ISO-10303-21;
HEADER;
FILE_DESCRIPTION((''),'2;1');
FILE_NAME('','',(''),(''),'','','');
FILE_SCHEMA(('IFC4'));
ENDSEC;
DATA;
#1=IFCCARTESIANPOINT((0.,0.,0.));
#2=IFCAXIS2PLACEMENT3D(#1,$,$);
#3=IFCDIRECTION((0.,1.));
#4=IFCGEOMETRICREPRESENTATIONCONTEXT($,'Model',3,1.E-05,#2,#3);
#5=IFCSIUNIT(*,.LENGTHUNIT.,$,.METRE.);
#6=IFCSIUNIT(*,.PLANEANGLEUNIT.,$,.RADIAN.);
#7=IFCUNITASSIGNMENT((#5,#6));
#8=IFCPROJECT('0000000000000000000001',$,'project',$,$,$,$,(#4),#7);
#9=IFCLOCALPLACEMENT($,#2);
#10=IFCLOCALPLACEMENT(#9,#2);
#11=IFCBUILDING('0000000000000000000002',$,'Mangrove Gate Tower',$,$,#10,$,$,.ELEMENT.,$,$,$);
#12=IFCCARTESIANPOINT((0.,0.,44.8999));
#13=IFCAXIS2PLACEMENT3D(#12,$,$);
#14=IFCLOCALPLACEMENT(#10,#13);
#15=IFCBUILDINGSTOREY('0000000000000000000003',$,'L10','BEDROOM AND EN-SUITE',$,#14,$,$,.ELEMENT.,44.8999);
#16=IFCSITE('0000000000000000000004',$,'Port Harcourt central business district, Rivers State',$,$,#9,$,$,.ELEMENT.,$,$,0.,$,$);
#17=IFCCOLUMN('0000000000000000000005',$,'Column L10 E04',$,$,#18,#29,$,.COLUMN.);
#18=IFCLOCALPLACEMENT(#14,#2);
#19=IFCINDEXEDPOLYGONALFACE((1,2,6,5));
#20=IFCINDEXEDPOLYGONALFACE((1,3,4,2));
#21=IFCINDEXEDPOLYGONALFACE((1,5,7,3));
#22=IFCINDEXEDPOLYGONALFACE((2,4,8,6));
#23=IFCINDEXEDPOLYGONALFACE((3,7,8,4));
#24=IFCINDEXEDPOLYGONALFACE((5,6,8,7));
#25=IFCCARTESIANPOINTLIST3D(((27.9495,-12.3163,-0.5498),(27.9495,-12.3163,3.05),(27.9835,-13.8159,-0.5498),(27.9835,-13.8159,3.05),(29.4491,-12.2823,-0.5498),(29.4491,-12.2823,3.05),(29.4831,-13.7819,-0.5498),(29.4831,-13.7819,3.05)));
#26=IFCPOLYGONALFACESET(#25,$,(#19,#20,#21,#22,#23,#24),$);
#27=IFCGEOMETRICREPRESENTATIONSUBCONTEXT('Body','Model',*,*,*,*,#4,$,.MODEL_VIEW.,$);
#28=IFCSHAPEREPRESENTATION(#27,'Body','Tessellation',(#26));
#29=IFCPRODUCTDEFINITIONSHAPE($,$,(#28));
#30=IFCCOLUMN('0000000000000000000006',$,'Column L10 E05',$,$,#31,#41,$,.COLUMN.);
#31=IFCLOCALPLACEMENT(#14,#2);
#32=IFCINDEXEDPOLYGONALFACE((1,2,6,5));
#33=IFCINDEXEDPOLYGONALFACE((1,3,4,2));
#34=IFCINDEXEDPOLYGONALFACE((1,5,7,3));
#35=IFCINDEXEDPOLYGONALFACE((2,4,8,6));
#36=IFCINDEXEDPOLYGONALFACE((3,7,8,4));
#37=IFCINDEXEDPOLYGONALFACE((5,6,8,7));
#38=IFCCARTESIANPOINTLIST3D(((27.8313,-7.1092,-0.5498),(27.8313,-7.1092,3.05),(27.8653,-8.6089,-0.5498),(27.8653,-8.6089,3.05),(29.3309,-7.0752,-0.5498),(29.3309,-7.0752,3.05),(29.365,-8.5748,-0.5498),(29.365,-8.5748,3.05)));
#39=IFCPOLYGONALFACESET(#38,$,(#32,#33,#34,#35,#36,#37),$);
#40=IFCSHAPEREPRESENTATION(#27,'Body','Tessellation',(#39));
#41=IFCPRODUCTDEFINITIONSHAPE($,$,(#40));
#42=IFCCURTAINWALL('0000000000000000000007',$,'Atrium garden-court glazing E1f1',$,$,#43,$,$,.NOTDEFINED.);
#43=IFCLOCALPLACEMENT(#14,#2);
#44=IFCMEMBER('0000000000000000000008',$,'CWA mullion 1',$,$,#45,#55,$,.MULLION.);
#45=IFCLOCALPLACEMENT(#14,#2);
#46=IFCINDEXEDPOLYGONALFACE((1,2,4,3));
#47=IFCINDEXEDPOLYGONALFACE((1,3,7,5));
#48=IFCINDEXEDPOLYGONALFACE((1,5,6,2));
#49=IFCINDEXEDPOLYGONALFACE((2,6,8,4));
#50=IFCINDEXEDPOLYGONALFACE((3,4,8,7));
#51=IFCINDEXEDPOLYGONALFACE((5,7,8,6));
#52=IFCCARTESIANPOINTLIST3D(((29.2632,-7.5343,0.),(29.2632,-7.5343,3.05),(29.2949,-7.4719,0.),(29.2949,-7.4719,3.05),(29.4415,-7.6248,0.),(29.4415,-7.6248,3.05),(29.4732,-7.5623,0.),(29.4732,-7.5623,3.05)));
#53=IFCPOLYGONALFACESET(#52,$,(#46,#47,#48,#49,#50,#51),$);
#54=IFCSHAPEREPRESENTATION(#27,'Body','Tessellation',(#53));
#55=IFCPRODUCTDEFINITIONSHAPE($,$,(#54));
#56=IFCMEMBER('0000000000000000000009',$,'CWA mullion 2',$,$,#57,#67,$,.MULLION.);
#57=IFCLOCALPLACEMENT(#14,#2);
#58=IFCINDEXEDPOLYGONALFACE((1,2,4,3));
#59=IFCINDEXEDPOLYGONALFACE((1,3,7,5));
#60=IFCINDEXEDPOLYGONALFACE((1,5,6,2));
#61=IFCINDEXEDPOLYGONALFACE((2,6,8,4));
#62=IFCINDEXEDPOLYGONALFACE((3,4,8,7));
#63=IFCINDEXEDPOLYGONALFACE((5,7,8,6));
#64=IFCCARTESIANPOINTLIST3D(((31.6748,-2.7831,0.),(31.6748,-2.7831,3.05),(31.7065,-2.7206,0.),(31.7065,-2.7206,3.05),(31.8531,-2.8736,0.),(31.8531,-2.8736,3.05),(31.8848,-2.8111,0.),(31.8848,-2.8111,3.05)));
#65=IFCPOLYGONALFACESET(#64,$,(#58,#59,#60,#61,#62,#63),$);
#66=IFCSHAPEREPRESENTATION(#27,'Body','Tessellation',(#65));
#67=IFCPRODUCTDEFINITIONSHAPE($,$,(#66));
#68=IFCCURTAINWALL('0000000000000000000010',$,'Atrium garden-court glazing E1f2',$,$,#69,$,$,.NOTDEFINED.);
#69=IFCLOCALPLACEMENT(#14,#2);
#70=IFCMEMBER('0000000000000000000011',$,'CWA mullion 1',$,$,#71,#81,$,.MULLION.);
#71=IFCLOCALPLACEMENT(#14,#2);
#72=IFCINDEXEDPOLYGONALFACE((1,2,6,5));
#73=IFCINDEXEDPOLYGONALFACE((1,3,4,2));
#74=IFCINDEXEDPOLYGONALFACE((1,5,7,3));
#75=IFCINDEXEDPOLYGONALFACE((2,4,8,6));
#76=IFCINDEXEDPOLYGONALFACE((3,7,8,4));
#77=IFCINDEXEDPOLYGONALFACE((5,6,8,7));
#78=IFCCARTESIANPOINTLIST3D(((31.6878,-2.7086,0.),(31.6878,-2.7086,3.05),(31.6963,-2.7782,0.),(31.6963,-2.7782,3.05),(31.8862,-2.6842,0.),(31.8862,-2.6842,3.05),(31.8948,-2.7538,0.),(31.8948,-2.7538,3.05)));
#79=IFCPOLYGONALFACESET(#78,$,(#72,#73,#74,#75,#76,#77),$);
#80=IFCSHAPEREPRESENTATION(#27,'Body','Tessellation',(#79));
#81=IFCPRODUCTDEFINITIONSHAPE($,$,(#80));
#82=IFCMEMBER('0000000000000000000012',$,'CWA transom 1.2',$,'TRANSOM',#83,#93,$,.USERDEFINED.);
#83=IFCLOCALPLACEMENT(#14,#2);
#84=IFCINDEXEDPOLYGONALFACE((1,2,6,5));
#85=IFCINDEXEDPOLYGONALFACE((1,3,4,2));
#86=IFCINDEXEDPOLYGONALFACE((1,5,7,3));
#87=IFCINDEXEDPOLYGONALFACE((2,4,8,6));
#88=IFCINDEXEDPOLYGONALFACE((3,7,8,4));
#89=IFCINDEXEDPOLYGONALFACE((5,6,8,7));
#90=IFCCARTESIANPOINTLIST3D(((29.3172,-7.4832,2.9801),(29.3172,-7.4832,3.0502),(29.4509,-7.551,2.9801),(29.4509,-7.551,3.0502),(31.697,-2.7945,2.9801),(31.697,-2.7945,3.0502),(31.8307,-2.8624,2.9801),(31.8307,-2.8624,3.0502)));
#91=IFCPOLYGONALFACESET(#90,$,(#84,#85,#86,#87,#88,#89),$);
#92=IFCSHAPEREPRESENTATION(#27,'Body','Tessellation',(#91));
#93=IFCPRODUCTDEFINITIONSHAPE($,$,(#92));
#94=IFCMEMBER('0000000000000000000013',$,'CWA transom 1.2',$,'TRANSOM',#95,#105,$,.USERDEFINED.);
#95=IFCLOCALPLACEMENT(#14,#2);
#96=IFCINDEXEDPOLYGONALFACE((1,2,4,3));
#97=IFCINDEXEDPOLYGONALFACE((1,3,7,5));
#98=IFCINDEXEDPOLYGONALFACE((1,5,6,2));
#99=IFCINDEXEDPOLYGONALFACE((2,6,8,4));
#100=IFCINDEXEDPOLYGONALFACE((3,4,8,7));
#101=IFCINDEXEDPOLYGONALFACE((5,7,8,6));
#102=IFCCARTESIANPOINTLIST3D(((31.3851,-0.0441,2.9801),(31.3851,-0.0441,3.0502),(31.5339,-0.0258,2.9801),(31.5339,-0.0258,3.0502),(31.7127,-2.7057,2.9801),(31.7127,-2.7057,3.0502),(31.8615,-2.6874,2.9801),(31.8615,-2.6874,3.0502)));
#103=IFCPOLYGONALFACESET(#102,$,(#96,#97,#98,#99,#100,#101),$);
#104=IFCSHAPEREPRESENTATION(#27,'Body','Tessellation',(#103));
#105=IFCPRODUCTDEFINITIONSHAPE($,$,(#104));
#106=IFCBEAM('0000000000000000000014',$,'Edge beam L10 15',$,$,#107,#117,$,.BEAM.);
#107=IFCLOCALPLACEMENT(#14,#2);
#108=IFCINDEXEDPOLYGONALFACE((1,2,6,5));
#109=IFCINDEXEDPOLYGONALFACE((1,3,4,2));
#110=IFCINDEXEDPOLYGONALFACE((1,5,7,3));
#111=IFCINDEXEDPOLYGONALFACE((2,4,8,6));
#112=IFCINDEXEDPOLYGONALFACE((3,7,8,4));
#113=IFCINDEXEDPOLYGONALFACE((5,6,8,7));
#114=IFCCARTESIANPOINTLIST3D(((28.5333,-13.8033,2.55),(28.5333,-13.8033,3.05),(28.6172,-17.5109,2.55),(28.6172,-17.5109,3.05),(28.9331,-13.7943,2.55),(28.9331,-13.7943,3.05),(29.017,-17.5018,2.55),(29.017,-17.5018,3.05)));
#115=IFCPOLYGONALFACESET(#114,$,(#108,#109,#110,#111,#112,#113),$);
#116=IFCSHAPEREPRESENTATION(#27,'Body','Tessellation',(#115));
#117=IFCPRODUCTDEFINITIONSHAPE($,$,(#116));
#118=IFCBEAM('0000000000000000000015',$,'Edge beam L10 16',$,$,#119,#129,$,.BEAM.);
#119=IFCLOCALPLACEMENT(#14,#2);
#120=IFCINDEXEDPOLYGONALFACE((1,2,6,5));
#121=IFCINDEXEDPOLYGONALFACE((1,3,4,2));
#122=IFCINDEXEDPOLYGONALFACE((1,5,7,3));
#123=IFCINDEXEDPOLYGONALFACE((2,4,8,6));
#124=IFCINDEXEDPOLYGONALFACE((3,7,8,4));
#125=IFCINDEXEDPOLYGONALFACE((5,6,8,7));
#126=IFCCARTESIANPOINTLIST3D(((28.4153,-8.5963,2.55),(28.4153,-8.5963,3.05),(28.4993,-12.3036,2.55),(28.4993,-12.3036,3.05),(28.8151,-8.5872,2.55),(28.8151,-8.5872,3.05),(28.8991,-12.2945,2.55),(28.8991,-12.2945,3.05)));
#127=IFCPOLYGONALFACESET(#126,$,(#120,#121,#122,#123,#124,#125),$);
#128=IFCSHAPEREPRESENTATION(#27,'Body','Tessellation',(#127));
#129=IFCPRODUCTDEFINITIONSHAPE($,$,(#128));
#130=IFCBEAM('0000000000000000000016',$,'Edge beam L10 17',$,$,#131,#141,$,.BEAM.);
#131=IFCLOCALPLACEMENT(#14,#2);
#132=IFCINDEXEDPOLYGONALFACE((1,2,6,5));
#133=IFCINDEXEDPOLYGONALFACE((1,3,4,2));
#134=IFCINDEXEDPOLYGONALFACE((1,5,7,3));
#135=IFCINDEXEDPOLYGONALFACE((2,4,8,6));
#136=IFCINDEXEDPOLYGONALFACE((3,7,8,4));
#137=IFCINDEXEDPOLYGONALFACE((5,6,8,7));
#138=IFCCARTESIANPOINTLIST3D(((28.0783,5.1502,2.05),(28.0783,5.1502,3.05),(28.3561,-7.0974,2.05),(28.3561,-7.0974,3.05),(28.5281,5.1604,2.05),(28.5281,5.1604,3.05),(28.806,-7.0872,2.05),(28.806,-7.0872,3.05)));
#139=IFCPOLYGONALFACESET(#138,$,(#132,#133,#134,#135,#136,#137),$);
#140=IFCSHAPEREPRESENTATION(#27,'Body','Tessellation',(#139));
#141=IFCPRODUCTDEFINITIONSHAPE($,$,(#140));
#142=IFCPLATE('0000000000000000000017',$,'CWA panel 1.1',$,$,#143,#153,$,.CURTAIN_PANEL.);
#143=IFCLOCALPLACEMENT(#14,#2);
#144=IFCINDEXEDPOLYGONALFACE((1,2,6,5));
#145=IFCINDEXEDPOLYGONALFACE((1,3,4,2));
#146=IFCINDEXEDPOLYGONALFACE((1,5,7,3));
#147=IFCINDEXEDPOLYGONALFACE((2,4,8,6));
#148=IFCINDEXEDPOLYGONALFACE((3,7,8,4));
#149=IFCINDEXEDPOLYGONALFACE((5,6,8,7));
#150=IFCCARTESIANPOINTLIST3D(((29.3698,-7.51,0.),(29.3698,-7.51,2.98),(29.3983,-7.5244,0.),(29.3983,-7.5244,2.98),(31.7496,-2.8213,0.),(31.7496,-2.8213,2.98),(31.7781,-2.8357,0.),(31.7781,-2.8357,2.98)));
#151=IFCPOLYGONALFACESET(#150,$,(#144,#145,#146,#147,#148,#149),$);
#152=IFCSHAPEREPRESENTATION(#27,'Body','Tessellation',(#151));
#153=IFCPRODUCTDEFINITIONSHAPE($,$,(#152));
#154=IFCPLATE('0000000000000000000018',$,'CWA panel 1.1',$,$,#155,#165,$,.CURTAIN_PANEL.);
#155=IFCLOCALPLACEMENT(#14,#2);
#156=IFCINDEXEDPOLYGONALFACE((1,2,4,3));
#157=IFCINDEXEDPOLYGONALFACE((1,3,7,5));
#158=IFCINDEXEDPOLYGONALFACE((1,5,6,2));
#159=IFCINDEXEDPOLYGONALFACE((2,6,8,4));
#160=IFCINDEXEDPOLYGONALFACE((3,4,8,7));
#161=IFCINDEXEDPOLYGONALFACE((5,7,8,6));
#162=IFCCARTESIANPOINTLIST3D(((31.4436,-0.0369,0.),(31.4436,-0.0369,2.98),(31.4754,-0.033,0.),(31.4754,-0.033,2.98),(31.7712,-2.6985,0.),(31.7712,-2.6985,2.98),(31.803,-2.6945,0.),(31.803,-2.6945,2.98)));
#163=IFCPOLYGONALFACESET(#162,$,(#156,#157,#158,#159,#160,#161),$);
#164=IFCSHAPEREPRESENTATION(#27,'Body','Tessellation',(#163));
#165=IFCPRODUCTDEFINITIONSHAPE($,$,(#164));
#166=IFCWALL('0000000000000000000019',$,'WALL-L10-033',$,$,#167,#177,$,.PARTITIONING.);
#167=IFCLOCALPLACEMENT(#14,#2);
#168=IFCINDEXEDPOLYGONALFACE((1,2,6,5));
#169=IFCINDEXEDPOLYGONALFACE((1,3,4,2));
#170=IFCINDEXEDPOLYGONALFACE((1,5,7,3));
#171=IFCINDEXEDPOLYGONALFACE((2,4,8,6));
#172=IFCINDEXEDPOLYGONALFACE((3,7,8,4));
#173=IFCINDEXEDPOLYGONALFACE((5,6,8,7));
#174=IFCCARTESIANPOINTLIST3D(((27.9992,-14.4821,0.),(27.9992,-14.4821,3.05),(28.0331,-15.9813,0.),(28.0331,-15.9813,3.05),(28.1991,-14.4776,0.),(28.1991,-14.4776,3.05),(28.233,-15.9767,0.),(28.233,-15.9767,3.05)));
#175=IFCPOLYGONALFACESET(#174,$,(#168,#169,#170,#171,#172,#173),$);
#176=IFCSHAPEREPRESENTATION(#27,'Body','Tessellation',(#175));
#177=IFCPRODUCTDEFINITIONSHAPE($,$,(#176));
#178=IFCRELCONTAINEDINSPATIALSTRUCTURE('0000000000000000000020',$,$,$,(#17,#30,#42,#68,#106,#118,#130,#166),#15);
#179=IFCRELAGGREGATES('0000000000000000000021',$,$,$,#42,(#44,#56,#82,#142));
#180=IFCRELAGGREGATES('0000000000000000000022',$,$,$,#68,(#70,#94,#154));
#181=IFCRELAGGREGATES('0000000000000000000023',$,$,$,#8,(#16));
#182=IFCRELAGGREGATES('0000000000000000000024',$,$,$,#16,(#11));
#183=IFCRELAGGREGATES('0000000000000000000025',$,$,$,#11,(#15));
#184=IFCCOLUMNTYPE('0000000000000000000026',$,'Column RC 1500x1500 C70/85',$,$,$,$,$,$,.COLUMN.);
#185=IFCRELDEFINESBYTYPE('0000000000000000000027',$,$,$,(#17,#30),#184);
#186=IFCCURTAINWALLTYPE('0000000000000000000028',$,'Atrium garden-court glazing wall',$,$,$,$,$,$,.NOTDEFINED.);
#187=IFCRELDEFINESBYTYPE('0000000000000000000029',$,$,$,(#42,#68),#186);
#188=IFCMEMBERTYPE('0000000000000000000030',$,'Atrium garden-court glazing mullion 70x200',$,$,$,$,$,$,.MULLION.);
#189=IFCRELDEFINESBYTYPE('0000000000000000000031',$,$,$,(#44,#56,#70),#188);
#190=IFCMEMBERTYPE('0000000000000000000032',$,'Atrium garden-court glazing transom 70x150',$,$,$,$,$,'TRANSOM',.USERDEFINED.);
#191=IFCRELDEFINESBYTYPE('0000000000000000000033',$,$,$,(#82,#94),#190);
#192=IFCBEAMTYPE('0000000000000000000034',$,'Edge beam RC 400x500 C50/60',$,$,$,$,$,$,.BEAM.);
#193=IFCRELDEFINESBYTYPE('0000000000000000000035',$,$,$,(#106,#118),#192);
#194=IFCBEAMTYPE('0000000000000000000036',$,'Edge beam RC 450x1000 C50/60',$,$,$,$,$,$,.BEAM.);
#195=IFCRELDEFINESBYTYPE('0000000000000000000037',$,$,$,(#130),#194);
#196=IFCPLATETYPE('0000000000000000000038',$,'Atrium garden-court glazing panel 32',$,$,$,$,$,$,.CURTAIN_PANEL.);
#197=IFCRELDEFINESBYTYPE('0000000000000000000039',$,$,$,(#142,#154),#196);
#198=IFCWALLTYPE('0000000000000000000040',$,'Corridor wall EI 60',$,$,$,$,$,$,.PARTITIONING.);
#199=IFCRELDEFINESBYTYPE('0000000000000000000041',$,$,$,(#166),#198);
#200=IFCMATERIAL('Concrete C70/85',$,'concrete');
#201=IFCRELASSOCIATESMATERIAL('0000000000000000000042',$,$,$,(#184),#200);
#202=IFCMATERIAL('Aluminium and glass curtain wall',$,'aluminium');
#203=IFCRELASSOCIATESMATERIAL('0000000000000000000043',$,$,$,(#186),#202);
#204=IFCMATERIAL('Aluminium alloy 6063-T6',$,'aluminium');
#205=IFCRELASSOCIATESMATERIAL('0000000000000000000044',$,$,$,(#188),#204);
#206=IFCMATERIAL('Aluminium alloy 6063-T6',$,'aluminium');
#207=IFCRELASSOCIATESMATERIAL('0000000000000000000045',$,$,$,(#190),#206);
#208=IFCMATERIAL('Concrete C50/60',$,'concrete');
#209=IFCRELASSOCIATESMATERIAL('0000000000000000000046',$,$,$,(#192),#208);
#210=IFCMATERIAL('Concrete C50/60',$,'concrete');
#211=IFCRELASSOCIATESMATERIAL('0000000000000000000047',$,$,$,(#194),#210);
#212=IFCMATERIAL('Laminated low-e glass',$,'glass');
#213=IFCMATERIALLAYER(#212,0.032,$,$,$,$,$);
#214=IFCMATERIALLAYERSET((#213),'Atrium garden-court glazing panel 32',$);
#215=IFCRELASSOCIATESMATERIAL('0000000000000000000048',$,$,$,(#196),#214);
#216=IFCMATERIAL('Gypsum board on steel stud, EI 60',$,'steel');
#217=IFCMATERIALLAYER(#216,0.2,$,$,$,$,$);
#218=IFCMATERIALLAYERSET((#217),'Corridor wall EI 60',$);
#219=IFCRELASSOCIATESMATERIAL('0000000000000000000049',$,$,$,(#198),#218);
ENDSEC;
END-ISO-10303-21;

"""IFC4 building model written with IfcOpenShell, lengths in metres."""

from ifc_helpers import new_model, si_unit, direction, frame, frame_2d, origin, origin_2d, place, context, subcontext, project, spatial, rectangle, extrude, material, layer, layer_set, material_profile, profile_set, type_object, element, aggregate, save


model = new_model("IFC4")

# Units and contexts
model_context = context("Model", 3, precision=1e-05, world=origin(), true_north=direction((0.0, 1.0)))
body_context = subcontext(model_context, "Body", "Model", "MODEL_VIEW")
ifc_project = project(units=[si_unit("LENGTHUNIT", "METRE"), si_unit("PLANEANGLEUNIT", "RADIAN")], contexts=[model_context])

# Site, building, storey
site_placement = place(None, origin())
site = spatial("IfcSite", under=ifc_project, at=site_placement, Name="Port Harcourt central business district, Rivers State", CompositionType="ELEMENT", RefElevation=0.0)
building_placement = place(site_placement, origin())
building = spatial("IfcBuilding", under=site, at=building_placement, Name="Mangrove Gate Tower", CompositionType="ELEMENT")
storey_placement = place(building_placement, frame((0.0, 0.0, 44.8999)))
storey = spatial("IfcBuildingStorey", under=building, at=storey_placement, Name="L10", Description="BEDROOM AND EN-SUITE", CompositionType="ELEMENT", Elevation=44.8999)

# Columns
ifc_material_1 = material(Name="Concrete C70/85", Category="concrete")
ifc_material_profile_1 = material_profile(ifc_material_1, rectangle(XDim=1.5, YDim=1.5, at=origin_2d()))
ifc_profile_set_1 = profile_set([ifc_material_profile_1], Name="Concrete C70/85")
column_type = type_object("IfcColumnType", Name="Column RC 1500x1500 C70/85", PredefinedType="COLUMN", material=ifc_profile_set_1)
for number, where, z_axis, x_axis, name in (
    (1, (28.7163, -13.0491, -0.5498), (0.0, 0.0, 1.0), (-0.022656, 0.999743, 0.0), "Column L10 E04"),
    (2, (28.5981, -7.842, -0.5498), (0.0, 0.0, 1.0), (-0.022681, 0.999743, 0.0), "Column L10 E05"),
):
    element("IfcColumn", number, at=place(storey_placement, frame(where, z_axis=z_axis, x_axis=x_axis)), inside=storey, type_object=column_type, Name=name, PredefinedType="COLUMN", context=body_context, shape_type="SweptSolid", body=[
        extrude(rectangle(XDim=1.5, YDim=1.5, at=origin_2d()), origin(), (0.0, 0.0, 1.0), 3.5999),
    ])

# Curtain wall, members
ifc_material_2 = material(Name="Aluminium and glass curtain wall", Category="aluminium")
curtain_wall_type = type_object("IfcCurtainWallType", Name="Atrium garden-court glazing wall", PredefinedType="NOTDEFINED", material=ifc_material_2)
curtain_wall_1_placement = place(storey_placement, origin())
curtain_wall_1 = element("IfcCurtainWall", 3, at=curtain_wall_1_placement, inside=storey, type_object=curtain_wall_type, Name="Atrium garden-court glazing E1f1", PredefinedType="NOTDEFINED")
ifc_material_3 = material(Name="Aluminium alloy 6063-T6", Category="aluminium")
ifc_material_profile_2 = material_profile(ifc_material_3, rectangle(XDim=0.0701, YDim=0.2, at=origin_2d()))
ifc_profile_set_2 = profile_set([ifc_material_profile_2], Name="Aluminium alloy 6063-T6")
member_type_1 = type_object("IfcMemberType", Name="Atrium garden-court glazing mullion 70x200", PredefinedType="MULLION", material=ifc_profile_set_2)
member_1_placement = place(storey_placement, frame((29.3682, -7.5483, 0.0), z_axis=(0.0, 0.0, 1.0), x_axis=(0.4526, 0.891714, 0.0)))
member_1 = element("IfcMember", 4, at=member_1_placement, type_object=member_type_1, Name="CWA mullion 1", PredefinedType="MULLION", context=body_context, shape_type="SweptSolid", body=[
    extrude(rectangle(XDim=0.0701, YDim=0.2, at=origin_2d()), origin(), (0.0, 0.0, 1.0), 3.05),
])
member_2_placement = place(storey_placement, frame((31.7798, -2.7971, 0.0), z_axis=(0.0, 0.0, 1.0), x_axis=(0.4526, 0.891714, 0.0)))
member_2 = element("IfcMember", 5, at=member_2_placement, type_object=member_type_1, Name="CWA mullion 2", PredefinedType="MULLION", context=body_context, shape_type="SweptSolid", body=[
    extrude(rectangle(XDim=0.0701, YDim=0.2, at=origin_2d()), origin(), (0.0, 0.0, 1.0), 3.05),
])

# Curtain wall, member
curtain_wall_2_placement = place(storey_placement, origin())
curtain_wall_2 = element("IfcCurtainWall", 6, at=curtain_wall_2_placement, inside=storey, type_object=curtain_wall_type, Name="Atrium garden-court glazing E1f2", PredefinedType="NOTDEFINED")
member_3_placement = place(storey_placement, frame((31.7913, -2.7312, 0.0), z_axis=(0.0, 0.0, 1.0), x_axis=(-0.122172, 0.992509, 0.0)))
member_3 = element("IfcMember", 7, at=member_3_placement, type_object=member_type_1, Name="CWA mullion 1", PredefinedType="MULLION", context=body_context, shape_type="SweptSolid", body=[
    extrude(rectangle(XDim=0.0701, YDim=0.2, at=origin_2d()), origin(), (0.0, 0.0, 1.0), 3.05),
])

# Members
ifc_material_4 = material(Name="Aluminium alloy 6063-T6", Category="aluminium")
ifc_material_profile_3 = material_profile(ifc_material_4, rectangle(XDim=0.0701, YDim=0.1499, at=origin_2d()))
ifc_profile_set_3 = profile_set([ifc_material_profile_3], Name="Aluminium alloy 6063-T6")
member_type_2 = type_object("IfcMemberType", Name="Atrium garden-court glazing transom 70x150", ElementType="TRANSOM", PredefinedType="USERDEFINED", material=ifc_profile_set_3)
member_4_placement = place(storey_placement, frame((29.384, -7.5171, 3.0151), z_axis=(0.45261, 0.891709, 0.0), x_axis=(0.0, 0.0, 1.0)))
member_4 = element("IfcMember", 8, at=member_4_placement, type_object=member_type_2, Name="CWA transom 1.2", ObjectType="TRANSOM", PredefinedType="USERDEFINED", context=body_context, shape_type="SweptSolid", body=[
    extrude(rectangle(XDim=0.0701, YDim=0.1499, at=origin_2d()), origin(), (0.0, 0.0, 1.0), 5.2581),
])
member_5_placement = place(storey_placement, frame((31.7871, -2.6965, 3.0151), z_axis=(-0.122175, 0.992509, 0.0), x_axis=(0.0, 0.0, 1.0)))
member_5 = element("IfcMember", 9, at=member_5_placement, type_object=member_type_2, Name="CWA transom 1.2", ObjectType="TRANSOM", PredefinedType="USERDEFINED", context=body_context, shape_type="SweptSolid", body=[
    extrude(rectangle(XDim=0.0701, YDim=0.1499, at=origin_2d()), origin(), (0.0, 0.0, 1.0), 2.6816),
])

# Beams
ifc_material_5 = material(Name="Concrete C50/60", Category="concrete")
ifc_material_profile_4 = material_profile(ifc_material_5, rectangle(XDim=0.3999, YDim=0.5, at=origin_2d()))
ifc_profile_set_4 = profile_set([ifc_material_profile_4], Name="Concrete C50/60")
beam_type_1 = type_object("IfcBeamType", Name="Edge beam RC 400x500 C50/60", PredefinedType="BEAM", material=ifc_profile_set_4)
beam_1_placement = place(storey_placement, frame((28.8171, -17.5063, 2.8), z_axis=(-0.022647, 0.999744, 0.0), x_axis=(-0.999744, -0.022647, 0.0)))
element("IfcBeam", 10, at=beam_1_placement, inside=storey, type_object=beam_type_1, Name="Edge beam L10 15", PredefinedType="BEAM", context=body_context, shape_type="SweptSolid", body=[
    extrude(rectangle(XDim=0.3999, YDim=0.5, at=origin_2d()), origin(), (0.0, 0.0, 1.0), 3.7085),
])
beam_2_placement = place(storey_placement, frame((28.6992, -12.2991, 2.8), z_axis=(-0.022648, 0.999743, 0.0), x_axis=(-0.999743, -0.022648, 0.0)))
element("IfcBeam", 11, at=beam_2_placement, inside=storey, type_object=beam_type_1, Name="Edge beam L10 16", PredefinedType="BEAM", context=body_context, shape_type="SweptSolid", body=[
    extrude(rectangle(XDim=0.3999, YDim=0.5, at=origin_2d()), origin(), (0.0, 0.0, 1.0), 3.7083),
])
ifc_material_6 = material(Name="Concrete C50/60", Category="concrete")
ifc_material_profile_5 = material_profile(ifc_material_6, rectangle(XDim=0.45, YDim=1.0, at=origin_2d()))
ifc_profile_set_5 = profile_set([ifc_material_profile_5], Name="Concrete C50/60")
beam_type_2 = type_object("IfcBeamType", Name="Edge beam RC 450x1000 C50/60", PredefinedType="BEAM", material=ifc_profile_set_5)
beam_3_placement = place(storey_placement, frame((28.5811, -7.0923, 2.55), z_axis=(-0.022679, 0.999743, 0.0), x_axis=(-0.999743, -0.022679, 0.0)))
element("IfcBeam", 12, at=beam_3_placement, inside=storey, type_object=beam_type_2, Name="Edge beam L10 17", PredefinedType="BEAM", context=body_context, shape_type="SweptSolid", body=[
    extrude(rectangle(XDim=0.45, YDim=1.0, at=origin_2d()), origin(), (0.0, 0.0, 1.0), 12.2507),
])

# Plates
ifc_material_7 = material(Name="Laminated low-e glass", Category="glass")
ifc_layer_1 = layer(ifc_material_7, 0.032)
ifc_layer_set_1 = layer_set([ifc_layer_1], Name="Atrium garden-court glazing panel 32")
plate_type = type_object("IfcPlateType", Name="Atrium garden-court glazing panel 32", PredefinedType="CURTAIN_PANEL", material=ifc_layer_set_1)
plate_1_placement = place(storey_placement, frame((30.574, -5.1729, 0.0), z_axis=(0.0, 0.0, 1.0), x_axis=(0.4526, 0.891714, 0.0)))
plate_1 = element("IfcPlate", 13, at=plate_1_placement, type_object=plate_type, Name="CWA panel 1.1", PredefinedType="CURTAIN_PANEL", context=body_context, shape_type="SweptSolid", body=[
    extrude(rectangle(XDim=5.2581, YDim=0.032, at=origin_2d()), origin(), (0.0, 0.0, 1.0), 2.98),
])
aggregate(curtain_wall_1, [member_1, member_2, member_4, plate_1])
plate_2_placement = place(storey_placement, frame((31.6233, -1.3657, 0.0), z_axis=(0.0, 0.0, 1.0), x_axis=(-0.122172, 0.992509, 0.0)))
plate_2 = element("IfcPlate", 14, at=plate_2_placement, type_object=plate_type, Name="CWA panel 1.1", PredefinedType="CURTAIN_PANEL", context=body_context, shape_type="SweptSolid", body=[
    extrude(rectangle(XDim=2.6816, YDim=0.032, at=origin_2d()), origin(), (0.0, 0.0, 1.0), 2.98),
])
aggregate(curtain_wall_2, [member_3, member_5, plate_2])

# Wall
ifc_material_8 = material(Name="Gypsum board on steel stud, EI 60", Category="steel")
ifc_layer_2 = layer(ifc_material_8, 0.2)
ifc_layer_set_2 = layer_set([ifc_layer_2], Name="Corridor wall EI 60")
wall_type_1 = type_object("IfcWallType", Name="Corridor wall EI 60", PredefinedType="PARTITIONING", material=ifc_layer_set_2)
wall_1_placement = place(storey_placement, frame((28.1331, -15.979, 0.0), z_axis=(0.0, 0.0, 1.0), x_axis=(-0.022633, 0.999744, 0.0)))
element("IfcWall", 15, at=wall_1_placement, inside=storey, type_object=wall_type_1, Name="WALL-L10-033", PredefinedType="PARTITIONING", context=body_context, shape_type="SweptSolid", body=[
    extrude(rectangle(XDim=1.4995, YDim=0.2, at=frame_2d((0.7498, 0.0))), origin(), (0.0, 0.0, 1.0), 3.05),
])

save(model, "model.ifc")
